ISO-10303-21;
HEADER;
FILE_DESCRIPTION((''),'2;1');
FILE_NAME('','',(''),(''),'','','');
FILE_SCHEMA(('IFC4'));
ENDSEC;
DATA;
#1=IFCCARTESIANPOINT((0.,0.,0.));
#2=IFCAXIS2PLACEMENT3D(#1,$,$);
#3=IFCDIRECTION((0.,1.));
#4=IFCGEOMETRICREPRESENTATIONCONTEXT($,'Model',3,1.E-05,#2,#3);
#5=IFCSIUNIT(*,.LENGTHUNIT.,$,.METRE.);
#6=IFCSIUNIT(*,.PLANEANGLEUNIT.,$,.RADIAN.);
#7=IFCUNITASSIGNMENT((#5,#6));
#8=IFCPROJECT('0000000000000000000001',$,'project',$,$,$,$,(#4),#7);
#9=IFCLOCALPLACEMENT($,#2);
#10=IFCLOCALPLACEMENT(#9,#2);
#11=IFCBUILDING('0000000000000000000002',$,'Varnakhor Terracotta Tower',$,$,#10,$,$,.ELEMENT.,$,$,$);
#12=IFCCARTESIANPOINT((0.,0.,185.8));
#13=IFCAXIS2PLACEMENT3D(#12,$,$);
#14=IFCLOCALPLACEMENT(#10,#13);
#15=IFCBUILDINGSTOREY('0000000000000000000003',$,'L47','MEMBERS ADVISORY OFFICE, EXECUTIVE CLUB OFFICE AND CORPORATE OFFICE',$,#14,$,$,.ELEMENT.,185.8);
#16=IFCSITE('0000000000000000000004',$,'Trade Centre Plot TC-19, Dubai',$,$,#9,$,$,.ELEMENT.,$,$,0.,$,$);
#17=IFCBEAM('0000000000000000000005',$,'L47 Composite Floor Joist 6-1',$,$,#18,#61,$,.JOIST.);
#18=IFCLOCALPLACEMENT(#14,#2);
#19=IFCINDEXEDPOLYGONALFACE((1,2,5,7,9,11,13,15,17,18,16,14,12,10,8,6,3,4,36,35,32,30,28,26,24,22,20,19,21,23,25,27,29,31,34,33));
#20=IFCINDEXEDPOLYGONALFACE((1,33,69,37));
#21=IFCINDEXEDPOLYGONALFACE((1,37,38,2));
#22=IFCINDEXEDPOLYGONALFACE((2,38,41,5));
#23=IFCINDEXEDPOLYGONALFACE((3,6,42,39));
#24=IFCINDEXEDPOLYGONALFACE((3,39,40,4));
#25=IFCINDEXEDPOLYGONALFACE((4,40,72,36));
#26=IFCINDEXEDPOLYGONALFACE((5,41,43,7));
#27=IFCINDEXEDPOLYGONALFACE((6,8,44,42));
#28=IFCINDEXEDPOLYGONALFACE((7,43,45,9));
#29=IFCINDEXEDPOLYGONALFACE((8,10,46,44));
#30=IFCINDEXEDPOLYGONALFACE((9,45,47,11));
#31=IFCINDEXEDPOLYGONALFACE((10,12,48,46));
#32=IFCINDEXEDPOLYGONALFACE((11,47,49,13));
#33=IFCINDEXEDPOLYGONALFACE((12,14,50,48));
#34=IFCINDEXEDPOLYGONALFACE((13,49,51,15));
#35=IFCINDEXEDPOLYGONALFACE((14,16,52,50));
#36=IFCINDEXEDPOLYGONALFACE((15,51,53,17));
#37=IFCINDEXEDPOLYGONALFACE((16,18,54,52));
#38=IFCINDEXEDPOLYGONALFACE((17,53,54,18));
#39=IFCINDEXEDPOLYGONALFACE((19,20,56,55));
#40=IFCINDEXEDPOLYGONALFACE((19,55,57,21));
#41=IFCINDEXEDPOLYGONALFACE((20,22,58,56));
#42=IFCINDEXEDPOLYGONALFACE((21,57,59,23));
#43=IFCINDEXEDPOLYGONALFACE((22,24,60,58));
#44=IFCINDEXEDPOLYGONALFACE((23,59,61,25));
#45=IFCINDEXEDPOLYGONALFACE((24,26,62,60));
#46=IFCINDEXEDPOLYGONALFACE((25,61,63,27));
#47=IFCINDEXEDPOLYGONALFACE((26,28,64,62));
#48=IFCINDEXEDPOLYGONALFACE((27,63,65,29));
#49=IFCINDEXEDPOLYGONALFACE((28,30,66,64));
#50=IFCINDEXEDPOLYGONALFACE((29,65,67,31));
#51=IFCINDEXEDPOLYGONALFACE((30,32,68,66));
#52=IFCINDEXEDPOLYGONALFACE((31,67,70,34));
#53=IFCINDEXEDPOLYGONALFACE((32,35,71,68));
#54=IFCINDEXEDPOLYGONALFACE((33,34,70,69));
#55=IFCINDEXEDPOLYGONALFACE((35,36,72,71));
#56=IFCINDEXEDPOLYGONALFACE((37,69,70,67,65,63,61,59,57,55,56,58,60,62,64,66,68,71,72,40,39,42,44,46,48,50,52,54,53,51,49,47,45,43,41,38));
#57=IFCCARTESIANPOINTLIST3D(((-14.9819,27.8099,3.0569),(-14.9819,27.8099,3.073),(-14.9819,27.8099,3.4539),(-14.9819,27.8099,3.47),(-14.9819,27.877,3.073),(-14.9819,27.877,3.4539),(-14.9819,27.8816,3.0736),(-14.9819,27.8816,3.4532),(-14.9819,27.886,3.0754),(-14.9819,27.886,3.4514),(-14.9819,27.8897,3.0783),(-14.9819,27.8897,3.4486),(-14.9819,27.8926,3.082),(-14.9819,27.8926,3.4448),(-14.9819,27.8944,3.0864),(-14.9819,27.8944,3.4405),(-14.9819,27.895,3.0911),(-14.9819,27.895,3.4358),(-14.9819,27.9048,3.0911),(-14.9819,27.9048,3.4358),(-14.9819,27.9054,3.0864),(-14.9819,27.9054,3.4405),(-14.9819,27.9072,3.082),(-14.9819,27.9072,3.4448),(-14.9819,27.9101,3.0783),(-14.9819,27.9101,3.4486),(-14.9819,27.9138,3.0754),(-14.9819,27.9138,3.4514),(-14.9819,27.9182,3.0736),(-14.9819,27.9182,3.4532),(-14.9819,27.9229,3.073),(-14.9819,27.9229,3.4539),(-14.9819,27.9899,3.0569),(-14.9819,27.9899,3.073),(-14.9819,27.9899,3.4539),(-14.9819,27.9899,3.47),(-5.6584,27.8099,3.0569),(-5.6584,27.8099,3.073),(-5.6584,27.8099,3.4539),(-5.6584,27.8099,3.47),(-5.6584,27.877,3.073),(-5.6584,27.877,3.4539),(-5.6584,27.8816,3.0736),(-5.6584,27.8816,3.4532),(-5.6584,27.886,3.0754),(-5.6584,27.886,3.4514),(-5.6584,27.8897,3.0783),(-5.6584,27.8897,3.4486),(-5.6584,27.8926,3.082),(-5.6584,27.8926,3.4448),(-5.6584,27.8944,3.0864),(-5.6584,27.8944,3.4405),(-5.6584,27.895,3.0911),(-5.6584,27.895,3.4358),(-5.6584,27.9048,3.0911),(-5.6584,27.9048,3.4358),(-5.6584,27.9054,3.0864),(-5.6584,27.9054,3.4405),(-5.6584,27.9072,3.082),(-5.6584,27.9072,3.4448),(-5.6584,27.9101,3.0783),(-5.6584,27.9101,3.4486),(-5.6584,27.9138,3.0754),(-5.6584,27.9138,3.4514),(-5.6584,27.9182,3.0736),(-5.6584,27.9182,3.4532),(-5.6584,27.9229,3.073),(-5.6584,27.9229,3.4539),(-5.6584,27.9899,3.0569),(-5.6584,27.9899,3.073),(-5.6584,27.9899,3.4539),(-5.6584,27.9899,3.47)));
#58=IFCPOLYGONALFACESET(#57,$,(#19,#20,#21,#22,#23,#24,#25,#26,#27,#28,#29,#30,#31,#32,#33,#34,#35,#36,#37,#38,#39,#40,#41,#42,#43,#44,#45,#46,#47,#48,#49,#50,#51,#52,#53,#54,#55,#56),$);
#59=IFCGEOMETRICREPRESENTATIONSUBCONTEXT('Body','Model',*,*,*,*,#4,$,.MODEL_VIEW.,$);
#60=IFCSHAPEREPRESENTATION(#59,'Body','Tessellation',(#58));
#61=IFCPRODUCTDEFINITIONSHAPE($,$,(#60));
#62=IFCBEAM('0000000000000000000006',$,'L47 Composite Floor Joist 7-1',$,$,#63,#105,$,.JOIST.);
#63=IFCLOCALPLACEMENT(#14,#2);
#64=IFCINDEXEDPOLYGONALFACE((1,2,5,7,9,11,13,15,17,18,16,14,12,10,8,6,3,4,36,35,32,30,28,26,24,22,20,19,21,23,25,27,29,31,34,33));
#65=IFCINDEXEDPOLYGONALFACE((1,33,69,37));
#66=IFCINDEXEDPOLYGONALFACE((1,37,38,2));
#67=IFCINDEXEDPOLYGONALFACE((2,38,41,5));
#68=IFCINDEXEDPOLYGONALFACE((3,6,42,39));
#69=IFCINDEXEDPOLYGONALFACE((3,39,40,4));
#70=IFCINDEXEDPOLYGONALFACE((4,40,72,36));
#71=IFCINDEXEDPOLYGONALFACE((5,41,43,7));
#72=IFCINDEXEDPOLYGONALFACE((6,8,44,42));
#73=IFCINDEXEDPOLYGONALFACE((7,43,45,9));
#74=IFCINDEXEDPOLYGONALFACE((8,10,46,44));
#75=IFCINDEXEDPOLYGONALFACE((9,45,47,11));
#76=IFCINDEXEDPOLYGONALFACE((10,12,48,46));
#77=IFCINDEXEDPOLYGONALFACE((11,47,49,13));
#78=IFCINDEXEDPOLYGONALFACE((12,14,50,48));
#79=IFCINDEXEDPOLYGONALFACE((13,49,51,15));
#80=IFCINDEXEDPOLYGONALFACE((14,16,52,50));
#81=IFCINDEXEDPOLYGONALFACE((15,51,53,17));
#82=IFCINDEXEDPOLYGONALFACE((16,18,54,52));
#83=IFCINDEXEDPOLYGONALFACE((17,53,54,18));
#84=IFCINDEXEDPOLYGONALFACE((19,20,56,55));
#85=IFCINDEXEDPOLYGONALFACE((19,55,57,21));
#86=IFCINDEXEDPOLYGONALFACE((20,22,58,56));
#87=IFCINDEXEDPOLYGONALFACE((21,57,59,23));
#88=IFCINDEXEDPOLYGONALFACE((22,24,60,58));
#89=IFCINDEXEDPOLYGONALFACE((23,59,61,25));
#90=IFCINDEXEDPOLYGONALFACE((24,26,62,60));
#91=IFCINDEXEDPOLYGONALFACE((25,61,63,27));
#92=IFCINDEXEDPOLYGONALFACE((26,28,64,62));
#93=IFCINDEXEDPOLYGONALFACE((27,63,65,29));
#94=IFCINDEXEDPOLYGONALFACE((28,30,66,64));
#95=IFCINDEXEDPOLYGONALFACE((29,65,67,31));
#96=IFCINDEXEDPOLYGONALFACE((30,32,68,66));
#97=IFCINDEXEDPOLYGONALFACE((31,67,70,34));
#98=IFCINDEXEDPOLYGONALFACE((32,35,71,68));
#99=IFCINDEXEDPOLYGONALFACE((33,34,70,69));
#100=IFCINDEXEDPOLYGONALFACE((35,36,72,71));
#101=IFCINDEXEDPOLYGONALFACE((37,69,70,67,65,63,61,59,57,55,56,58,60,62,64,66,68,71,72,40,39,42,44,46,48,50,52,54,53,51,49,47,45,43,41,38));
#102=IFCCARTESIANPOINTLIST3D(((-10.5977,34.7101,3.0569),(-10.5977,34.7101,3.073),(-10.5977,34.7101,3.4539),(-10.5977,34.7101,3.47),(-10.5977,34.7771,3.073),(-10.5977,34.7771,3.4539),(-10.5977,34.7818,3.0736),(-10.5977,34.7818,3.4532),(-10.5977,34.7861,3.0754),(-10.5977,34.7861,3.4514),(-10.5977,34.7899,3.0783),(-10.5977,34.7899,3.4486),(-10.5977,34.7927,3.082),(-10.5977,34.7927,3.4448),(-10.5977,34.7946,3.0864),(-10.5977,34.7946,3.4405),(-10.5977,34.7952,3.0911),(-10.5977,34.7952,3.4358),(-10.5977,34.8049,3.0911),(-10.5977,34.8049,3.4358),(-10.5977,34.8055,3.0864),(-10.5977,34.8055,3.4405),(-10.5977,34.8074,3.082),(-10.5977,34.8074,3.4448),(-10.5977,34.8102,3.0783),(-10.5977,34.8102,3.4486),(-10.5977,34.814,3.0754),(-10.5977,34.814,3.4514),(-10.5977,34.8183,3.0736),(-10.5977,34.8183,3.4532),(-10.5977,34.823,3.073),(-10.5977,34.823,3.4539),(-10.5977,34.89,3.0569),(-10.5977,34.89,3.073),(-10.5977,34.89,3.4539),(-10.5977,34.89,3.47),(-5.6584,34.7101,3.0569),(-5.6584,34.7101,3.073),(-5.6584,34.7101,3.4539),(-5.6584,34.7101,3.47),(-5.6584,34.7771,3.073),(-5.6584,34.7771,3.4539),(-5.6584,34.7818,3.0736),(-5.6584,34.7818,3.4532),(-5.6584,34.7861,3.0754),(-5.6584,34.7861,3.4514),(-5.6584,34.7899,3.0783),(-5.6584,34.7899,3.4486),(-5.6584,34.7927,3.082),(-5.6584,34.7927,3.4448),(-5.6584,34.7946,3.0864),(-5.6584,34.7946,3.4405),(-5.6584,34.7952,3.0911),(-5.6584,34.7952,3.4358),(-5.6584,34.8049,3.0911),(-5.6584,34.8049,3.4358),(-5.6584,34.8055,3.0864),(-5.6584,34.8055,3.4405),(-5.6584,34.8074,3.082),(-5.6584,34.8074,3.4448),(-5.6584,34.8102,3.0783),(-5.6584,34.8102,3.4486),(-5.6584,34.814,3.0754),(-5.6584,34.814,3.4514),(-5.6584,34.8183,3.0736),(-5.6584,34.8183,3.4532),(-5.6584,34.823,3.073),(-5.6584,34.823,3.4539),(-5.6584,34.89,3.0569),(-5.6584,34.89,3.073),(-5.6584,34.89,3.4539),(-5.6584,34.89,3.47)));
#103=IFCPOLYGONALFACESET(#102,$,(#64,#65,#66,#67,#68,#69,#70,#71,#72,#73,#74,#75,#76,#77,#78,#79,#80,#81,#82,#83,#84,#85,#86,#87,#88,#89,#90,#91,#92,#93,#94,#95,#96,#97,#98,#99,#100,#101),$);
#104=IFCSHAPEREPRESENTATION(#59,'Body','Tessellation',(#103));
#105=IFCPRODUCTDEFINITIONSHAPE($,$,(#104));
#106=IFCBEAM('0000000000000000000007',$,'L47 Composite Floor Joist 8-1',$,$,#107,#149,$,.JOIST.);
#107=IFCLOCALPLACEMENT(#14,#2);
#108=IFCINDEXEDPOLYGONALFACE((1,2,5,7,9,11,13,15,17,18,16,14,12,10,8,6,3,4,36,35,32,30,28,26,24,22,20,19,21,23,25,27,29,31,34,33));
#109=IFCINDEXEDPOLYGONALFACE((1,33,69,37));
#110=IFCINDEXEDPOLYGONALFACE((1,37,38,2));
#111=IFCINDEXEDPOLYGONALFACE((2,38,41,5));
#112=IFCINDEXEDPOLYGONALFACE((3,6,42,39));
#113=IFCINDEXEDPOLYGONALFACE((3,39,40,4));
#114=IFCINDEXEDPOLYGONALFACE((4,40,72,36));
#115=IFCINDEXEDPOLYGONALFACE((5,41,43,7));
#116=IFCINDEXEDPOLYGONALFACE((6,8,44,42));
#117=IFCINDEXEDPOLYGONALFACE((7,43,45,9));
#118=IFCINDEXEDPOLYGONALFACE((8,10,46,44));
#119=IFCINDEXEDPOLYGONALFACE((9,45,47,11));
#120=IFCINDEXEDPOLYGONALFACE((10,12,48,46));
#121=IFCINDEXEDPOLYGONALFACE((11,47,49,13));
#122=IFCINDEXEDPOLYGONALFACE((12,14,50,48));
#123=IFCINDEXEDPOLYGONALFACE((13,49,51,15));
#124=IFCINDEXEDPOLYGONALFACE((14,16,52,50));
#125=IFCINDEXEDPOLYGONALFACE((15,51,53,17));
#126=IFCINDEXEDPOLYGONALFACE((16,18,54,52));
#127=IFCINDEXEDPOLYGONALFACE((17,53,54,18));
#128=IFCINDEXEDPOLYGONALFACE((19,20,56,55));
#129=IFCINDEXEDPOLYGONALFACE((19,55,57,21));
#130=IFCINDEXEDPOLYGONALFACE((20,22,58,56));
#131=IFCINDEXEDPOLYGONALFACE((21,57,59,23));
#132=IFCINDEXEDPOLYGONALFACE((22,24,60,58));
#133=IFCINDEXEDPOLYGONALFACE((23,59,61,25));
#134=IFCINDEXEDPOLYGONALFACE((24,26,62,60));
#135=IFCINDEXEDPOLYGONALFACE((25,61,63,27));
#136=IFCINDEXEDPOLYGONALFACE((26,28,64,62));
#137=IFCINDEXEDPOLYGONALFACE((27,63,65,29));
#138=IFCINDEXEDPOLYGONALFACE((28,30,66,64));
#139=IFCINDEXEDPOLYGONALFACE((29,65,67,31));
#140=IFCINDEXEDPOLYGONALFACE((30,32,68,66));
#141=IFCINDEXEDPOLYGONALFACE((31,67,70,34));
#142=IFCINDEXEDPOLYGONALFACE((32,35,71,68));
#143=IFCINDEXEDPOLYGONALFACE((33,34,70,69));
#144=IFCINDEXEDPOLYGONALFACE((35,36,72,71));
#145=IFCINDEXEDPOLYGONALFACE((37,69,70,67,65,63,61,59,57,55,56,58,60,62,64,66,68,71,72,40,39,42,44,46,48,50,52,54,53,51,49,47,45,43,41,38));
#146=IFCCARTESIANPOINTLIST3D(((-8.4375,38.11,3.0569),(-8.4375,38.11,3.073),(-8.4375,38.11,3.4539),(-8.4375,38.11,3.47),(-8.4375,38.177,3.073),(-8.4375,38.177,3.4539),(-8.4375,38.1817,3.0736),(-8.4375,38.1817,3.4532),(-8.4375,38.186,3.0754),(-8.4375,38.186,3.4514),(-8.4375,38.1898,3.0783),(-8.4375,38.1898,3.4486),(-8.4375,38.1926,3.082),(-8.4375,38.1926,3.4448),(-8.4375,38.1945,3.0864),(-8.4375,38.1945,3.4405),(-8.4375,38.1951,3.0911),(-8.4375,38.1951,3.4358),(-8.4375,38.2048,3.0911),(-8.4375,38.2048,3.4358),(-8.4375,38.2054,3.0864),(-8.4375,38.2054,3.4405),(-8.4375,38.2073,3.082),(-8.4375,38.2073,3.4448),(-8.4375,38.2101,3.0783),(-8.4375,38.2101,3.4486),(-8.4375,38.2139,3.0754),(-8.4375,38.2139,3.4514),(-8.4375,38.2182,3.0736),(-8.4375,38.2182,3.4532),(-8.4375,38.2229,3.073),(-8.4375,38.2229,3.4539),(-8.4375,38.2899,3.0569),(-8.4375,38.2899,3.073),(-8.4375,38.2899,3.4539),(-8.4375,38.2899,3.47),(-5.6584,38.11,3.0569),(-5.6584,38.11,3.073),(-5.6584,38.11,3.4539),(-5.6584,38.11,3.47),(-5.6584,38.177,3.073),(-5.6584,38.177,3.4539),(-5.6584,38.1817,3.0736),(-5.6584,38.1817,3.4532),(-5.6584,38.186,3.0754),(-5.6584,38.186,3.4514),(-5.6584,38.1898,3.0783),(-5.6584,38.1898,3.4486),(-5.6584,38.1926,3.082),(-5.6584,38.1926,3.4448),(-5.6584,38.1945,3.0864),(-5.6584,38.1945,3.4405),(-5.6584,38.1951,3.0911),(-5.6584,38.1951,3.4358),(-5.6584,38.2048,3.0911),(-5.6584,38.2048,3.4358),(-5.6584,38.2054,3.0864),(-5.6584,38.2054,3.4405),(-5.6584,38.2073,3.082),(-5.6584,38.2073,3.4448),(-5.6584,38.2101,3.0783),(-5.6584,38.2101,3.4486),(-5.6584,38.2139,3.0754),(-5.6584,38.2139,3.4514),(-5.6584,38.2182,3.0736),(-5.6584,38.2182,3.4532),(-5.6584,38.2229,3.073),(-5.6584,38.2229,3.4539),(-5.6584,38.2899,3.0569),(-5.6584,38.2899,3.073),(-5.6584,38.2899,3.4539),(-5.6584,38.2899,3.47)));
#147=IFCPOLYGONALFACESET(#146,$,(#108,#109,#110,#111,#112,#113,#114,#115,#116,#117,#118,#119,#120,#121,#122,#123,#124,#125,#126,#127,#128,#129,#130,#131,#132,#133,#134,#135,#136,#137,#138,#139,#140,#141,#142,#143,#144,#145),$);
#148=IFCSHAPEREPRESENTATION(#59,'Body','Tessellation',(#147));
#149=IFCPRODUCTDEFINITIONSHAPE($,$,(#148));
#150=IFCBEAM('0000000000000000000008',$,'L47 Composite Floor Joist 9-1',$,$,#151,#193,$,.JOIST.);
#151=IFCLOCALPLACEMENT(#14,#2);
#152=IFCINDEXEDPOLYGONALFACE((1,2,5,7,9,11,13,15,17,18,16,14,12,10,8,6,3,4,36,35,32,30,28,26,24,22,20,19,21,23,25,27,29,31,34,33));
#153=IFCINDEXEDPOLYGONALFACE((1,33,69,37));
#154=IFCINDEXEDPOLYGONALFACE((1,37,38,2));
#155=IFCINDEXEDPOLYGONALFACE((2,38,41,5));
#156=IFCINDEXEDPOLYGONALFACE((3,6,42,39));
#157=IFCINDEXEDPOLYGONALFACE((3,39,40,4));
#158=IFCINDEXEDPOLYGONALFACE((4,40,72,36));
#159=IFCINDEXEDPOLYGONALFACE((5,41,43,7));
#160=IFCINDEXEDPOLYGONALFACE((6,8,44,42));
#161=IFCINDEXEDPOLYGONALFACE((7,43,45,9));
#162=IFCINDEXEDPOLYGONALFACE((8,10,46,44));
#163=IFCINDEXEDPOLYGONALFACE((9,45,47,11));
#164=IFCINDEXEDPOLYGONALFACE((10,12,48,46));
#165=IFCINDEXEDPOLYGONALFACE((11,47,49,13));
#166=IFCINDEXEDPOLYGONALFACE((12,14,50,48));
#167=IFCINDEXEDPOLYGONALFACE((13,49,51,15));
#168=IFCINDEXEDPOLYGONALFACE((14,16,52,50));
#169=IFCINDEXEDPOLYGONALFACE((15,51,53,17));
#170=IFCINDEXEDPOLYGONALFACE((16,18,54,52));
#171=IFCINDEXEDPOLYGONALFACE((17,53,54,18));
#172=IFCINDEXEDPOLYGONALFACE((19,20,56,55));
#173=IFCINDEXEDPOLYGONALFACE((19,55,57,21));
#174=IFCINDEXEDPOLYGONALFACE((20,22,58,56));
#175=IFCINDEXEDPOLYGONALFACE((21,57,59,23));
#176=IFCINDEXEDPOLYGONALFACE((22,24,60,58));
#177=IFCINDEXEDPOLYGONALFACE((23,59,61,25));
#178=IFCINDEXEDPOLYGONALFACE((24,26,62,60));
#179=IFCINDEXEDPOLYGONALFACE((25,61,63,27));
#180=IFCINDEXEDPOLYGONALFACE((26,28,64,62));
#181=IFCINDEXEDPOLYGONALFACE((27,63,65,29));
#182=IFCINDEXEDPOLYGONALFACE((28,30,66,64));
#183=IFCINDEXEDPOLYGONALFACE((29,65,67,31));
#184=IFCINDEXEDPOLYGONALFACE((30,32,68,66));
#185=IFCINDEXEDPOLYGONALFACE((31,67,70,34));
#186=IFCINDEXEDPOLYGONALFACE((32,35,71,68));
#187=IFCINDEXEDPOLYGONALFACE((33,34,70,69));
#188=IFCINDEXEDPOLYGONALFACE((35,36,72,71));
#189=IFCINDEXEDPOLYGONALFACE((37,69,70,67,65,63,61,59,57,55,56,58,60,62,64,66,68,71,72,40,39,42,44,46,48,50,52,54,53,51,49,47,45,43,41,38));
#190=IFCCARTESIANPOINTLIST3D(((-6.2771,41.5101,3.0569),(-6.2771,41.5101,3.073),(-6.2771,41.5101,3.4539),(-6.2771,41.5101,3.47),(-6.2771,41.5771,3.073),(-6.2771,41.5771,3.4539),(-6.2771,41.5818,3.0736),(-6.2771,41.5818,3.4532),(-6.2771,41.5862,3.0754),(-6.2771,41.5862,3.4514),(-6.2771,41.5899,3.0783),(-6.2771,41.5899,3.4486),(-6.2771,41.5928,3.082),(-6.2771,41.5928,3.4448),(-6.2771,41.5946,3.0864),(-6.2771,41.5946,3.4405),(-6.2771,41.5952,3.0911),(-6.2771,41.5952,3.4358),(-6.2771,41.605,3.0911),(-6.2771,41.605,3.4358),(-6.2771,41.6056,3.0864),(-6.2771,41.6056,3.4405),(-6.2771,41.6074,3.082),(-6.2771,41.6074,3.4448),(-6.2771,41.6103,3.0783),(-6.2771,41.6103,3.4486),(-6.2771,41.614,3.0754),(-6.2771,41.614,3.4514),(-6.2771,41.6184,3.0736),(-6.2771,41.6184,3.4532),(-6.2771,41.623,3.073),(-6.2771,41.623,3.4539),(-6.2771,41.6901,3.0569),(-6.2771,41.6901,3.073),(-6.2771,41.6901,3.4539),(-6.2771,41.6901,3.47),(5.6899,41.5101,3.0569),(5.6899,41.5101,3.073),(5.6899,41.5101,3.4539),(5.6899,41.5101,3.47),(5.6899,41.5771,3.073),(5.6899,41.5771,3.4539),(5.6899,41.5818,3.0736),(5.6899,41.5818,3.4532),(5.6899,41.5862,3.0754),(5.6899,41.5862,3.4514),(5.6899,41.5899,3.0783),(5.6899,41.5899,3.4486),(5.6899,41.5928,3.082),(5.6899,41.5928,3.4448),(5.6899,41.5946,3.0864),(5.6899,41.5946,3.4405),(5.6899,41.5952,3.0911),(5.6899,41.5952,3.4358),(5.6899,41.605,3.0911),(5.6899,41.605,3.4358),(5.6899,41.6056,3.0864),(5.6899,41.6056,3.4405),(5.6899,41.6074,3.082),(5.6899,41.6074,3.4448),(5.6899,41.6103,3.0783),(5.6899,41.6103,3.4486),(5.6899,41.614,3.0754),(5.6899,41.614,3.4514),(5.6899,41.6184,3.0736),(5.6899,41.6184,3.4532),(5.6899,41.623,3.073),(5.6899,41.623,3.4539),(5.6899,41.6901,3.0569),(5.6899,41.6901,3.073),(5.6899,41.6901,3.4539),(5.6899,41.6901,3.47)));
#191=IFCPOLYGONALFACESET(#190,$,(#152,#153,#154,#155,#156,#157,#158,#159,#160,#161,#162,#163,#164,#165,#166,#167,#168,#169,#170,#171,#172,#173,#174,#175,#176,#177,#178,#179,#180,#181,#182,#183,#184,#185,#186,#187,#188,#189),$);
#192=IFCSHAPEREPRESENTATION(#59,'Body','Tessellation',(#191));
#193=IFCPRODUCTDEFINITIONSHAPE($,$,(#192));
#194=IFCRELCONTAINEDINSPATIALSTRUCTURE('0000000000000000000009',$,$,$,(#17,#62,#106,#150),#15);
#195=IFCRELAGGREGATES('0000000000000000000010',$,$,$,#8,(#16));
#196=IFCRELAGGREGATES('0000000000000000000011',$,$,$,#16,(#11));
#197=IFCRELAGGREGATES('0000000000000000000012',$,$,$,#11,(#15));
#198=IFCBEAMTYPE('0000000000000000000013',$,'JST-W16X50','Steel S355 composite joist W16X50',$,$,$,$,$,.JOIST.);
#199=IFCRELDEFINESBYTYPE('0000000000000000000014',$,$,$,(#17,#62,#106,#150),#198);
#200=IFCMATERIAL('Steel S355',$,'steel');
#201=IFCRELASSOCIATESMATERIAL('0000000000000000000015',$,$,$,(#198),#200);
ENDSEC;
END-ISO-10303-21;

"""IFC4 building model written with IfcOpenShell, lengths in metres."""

from ifc_helpers import new_model, si_unit, direction, frame, origin, origin_2d, place, context, subcontext, project, spatial, i_section, extrude, source, transform, mapped, material, material_profile, profile_set, type_object, element, save


model = new_model("IFC4")

# Units and contexts
model_context = context("Model", 3, precision=1e-05, world=origin(), true_north=direction((0.0, 1.0)))
body_context = subcontext(model_context, "Body", "Model", "MODEL_VIEW")
ifc_project = project(units=[si_unit("LENGTHUNIT", "METRE"), si_unit("PLANEANGLEUNIT", "RADIAN")], contexts=[model_context])

# Site, building, storey
site_placement = place(None, origin())
site = spatial("IfcSite", under=ifc_project, at=site_placement, Name="Trade Centre Plot TC-19, Dubai", CompositionType="ELEMENT", RefElevation=0.0)
building_placement = place(site_placement, origin())
building = spatial("IfcBuilding", under=site, at=building_placement, Name="Varnakhor Terracotta Tower", CompositionType="ELEMENT")
storey_placement = place(building_placement, frame((0.0, 0.0, 185.8)))
storey = spatial("IfcBuildingStorey", under=building, at=storey_placement, Name="L47", Description="MEMBERS ADVISORY OFFICE, EXECUTIVE CLUB OFFICE AND CORPORATE OFFICE", CompositionType="ELEMENT", Elevation=185.8)

# Beams
ifc_material_1 = material(Name="Steel S355", Category="steel")
ifc_material_profile_1 = material_profile(ifc_material_1, i_section(OverallWidth=0.1799, OverallDepth=0.4131, WebThickness=0.0098, FlangeThickness=0.0161, FilletRadius=0.0181, at=origin_2d()), Name="W16X50")
ifc_profile_set_1 = profile_set([ifc_material_profile_1], Name="Steel S355")
beam_type_1 = type_object("IfcBeamType", Name="JST-W16X50", Description="Steel S355 composite joist W16X50", PredefinedType="JOIST", material=ifc_profile_set_1)
shared_shape_1 = source(origin(), body_context, "Body", "SweptSolid", [
    extrude(i_section(OverallWidth=0.1799, OverallDepth=0.4131, WebThickness=0.0098, FlangeThickness=0.0161, FilletRadius=0.0181, at=origin_2d()), origin(), (0.0, 0.0, 1.0), 9.3235),
])
beam_1_placement = place(storey_placement, frame((-14.9819, 27.8999, 3.2634), z_axis=(1.0, 0.0, 0.0), x_axis=(0.0, 1.0, 0.0)))
element("IfcBeam", 1, at=beam_1_placement, inside=storey, type_object=beam_type_1, Name="L47 Composite Floor Joist 6-1", PredefinedType="JOIST", context=body_context, shape_type="MappedRepresentation", body=[
    mapped(shared_shape_1, transform((0.0, 0.0, 0.0), scale=1.0)),
])
shared_shape_2 = source(origin(), body_context, "Body", "SweptSolid", [
    extrude(i_section(OverallWidth=0.1799, OverallDepth=0.4131, WebThickness=0.0098, FlangeThickness=0.0161, FilletRadius=0.0181, at=origin_2d()), origin(), (0.0, 0.0, 1.0), 4.9392),
])
beam_2_placement = place(storey_placement, frame((-10.5977, 34.8, 3.2634), z_axis=(1.0, 0.0, 0.0), x_axis=(0.0, 1.0, 0.0)))
element("IfcBeam", 2, at=beam_2_placement, inside=storey, type_object=beam_type_1, Name="L47 Composite Floor Joist 7-1", PredefinedType="JOIST", context=body_context, shape_type="MappedRepresentation", body=[
    mapped(shared_shape_2, transform((0.0, 0.0, 0.0), scale=1.0)),
])
shared_shape_3 = source(origin(), body_context, "Body", "SweptSolid", [
    extrude(i_section(OverallWidth=0.1799, OverallDepth=0.4131, WebThickness=0.0098, FlangeThickness=0.0161, FilletRadius=0.0181, at=origin_2d()), origin(), (0.0, 0.0, 1.0), 2.7791),
])
beam_3_placement = place(storey_placement, frame((-8.4375, 38.2, 3.2634), z_axis=(1.0, 0.0, 0.0), x_axis=(0.0, 1.0, 0.0)))
element("IfcBeam", 3, at=beam_3_placement, inside=storey, type_object=beam_type_1, Name="L47 Composite Floor Joist 8-1", PredefinedType="JOIST", context=body_context, shape_type="MappedRepresentation", body=[
    mapped(shared_shape_3, transform((0.0, 0.0, 0.0), scale=1.0)),
])
shared_shape_4 = source(origin(), body_context, "Body", "SweptSolid", [
    extrude(i_section(OverallWidth=0.1799, OverallDepth=0.4131, WebThickness=0.0098, FlangeThickness=0.0161, FilletRadius=0.0181, at=origin_2d()), origin(), (0.0, 0.0, 1.0), 11.967),
])
beam_4_placement = place(storey_placement, frame((-6.2771, 41.6001, 3.2634), z_axis=(1.0, 0.0, 0.0), x_axis=(0.0, 1.0, 0.0)))
element("IfcBeam", 4, at=beam_4_placement, inside=storey, type_object=beam_type_1, Name="L47 Composite Floor Joist 9-1", PredefinedType="JOIST", context=body_context, shape_type="MappedRepresentation", body=[
    mapped(shared_shape_4, transform((0.0, 0.0, 0.0), scale=1.0)),
])

save(model, "model.ifc")
